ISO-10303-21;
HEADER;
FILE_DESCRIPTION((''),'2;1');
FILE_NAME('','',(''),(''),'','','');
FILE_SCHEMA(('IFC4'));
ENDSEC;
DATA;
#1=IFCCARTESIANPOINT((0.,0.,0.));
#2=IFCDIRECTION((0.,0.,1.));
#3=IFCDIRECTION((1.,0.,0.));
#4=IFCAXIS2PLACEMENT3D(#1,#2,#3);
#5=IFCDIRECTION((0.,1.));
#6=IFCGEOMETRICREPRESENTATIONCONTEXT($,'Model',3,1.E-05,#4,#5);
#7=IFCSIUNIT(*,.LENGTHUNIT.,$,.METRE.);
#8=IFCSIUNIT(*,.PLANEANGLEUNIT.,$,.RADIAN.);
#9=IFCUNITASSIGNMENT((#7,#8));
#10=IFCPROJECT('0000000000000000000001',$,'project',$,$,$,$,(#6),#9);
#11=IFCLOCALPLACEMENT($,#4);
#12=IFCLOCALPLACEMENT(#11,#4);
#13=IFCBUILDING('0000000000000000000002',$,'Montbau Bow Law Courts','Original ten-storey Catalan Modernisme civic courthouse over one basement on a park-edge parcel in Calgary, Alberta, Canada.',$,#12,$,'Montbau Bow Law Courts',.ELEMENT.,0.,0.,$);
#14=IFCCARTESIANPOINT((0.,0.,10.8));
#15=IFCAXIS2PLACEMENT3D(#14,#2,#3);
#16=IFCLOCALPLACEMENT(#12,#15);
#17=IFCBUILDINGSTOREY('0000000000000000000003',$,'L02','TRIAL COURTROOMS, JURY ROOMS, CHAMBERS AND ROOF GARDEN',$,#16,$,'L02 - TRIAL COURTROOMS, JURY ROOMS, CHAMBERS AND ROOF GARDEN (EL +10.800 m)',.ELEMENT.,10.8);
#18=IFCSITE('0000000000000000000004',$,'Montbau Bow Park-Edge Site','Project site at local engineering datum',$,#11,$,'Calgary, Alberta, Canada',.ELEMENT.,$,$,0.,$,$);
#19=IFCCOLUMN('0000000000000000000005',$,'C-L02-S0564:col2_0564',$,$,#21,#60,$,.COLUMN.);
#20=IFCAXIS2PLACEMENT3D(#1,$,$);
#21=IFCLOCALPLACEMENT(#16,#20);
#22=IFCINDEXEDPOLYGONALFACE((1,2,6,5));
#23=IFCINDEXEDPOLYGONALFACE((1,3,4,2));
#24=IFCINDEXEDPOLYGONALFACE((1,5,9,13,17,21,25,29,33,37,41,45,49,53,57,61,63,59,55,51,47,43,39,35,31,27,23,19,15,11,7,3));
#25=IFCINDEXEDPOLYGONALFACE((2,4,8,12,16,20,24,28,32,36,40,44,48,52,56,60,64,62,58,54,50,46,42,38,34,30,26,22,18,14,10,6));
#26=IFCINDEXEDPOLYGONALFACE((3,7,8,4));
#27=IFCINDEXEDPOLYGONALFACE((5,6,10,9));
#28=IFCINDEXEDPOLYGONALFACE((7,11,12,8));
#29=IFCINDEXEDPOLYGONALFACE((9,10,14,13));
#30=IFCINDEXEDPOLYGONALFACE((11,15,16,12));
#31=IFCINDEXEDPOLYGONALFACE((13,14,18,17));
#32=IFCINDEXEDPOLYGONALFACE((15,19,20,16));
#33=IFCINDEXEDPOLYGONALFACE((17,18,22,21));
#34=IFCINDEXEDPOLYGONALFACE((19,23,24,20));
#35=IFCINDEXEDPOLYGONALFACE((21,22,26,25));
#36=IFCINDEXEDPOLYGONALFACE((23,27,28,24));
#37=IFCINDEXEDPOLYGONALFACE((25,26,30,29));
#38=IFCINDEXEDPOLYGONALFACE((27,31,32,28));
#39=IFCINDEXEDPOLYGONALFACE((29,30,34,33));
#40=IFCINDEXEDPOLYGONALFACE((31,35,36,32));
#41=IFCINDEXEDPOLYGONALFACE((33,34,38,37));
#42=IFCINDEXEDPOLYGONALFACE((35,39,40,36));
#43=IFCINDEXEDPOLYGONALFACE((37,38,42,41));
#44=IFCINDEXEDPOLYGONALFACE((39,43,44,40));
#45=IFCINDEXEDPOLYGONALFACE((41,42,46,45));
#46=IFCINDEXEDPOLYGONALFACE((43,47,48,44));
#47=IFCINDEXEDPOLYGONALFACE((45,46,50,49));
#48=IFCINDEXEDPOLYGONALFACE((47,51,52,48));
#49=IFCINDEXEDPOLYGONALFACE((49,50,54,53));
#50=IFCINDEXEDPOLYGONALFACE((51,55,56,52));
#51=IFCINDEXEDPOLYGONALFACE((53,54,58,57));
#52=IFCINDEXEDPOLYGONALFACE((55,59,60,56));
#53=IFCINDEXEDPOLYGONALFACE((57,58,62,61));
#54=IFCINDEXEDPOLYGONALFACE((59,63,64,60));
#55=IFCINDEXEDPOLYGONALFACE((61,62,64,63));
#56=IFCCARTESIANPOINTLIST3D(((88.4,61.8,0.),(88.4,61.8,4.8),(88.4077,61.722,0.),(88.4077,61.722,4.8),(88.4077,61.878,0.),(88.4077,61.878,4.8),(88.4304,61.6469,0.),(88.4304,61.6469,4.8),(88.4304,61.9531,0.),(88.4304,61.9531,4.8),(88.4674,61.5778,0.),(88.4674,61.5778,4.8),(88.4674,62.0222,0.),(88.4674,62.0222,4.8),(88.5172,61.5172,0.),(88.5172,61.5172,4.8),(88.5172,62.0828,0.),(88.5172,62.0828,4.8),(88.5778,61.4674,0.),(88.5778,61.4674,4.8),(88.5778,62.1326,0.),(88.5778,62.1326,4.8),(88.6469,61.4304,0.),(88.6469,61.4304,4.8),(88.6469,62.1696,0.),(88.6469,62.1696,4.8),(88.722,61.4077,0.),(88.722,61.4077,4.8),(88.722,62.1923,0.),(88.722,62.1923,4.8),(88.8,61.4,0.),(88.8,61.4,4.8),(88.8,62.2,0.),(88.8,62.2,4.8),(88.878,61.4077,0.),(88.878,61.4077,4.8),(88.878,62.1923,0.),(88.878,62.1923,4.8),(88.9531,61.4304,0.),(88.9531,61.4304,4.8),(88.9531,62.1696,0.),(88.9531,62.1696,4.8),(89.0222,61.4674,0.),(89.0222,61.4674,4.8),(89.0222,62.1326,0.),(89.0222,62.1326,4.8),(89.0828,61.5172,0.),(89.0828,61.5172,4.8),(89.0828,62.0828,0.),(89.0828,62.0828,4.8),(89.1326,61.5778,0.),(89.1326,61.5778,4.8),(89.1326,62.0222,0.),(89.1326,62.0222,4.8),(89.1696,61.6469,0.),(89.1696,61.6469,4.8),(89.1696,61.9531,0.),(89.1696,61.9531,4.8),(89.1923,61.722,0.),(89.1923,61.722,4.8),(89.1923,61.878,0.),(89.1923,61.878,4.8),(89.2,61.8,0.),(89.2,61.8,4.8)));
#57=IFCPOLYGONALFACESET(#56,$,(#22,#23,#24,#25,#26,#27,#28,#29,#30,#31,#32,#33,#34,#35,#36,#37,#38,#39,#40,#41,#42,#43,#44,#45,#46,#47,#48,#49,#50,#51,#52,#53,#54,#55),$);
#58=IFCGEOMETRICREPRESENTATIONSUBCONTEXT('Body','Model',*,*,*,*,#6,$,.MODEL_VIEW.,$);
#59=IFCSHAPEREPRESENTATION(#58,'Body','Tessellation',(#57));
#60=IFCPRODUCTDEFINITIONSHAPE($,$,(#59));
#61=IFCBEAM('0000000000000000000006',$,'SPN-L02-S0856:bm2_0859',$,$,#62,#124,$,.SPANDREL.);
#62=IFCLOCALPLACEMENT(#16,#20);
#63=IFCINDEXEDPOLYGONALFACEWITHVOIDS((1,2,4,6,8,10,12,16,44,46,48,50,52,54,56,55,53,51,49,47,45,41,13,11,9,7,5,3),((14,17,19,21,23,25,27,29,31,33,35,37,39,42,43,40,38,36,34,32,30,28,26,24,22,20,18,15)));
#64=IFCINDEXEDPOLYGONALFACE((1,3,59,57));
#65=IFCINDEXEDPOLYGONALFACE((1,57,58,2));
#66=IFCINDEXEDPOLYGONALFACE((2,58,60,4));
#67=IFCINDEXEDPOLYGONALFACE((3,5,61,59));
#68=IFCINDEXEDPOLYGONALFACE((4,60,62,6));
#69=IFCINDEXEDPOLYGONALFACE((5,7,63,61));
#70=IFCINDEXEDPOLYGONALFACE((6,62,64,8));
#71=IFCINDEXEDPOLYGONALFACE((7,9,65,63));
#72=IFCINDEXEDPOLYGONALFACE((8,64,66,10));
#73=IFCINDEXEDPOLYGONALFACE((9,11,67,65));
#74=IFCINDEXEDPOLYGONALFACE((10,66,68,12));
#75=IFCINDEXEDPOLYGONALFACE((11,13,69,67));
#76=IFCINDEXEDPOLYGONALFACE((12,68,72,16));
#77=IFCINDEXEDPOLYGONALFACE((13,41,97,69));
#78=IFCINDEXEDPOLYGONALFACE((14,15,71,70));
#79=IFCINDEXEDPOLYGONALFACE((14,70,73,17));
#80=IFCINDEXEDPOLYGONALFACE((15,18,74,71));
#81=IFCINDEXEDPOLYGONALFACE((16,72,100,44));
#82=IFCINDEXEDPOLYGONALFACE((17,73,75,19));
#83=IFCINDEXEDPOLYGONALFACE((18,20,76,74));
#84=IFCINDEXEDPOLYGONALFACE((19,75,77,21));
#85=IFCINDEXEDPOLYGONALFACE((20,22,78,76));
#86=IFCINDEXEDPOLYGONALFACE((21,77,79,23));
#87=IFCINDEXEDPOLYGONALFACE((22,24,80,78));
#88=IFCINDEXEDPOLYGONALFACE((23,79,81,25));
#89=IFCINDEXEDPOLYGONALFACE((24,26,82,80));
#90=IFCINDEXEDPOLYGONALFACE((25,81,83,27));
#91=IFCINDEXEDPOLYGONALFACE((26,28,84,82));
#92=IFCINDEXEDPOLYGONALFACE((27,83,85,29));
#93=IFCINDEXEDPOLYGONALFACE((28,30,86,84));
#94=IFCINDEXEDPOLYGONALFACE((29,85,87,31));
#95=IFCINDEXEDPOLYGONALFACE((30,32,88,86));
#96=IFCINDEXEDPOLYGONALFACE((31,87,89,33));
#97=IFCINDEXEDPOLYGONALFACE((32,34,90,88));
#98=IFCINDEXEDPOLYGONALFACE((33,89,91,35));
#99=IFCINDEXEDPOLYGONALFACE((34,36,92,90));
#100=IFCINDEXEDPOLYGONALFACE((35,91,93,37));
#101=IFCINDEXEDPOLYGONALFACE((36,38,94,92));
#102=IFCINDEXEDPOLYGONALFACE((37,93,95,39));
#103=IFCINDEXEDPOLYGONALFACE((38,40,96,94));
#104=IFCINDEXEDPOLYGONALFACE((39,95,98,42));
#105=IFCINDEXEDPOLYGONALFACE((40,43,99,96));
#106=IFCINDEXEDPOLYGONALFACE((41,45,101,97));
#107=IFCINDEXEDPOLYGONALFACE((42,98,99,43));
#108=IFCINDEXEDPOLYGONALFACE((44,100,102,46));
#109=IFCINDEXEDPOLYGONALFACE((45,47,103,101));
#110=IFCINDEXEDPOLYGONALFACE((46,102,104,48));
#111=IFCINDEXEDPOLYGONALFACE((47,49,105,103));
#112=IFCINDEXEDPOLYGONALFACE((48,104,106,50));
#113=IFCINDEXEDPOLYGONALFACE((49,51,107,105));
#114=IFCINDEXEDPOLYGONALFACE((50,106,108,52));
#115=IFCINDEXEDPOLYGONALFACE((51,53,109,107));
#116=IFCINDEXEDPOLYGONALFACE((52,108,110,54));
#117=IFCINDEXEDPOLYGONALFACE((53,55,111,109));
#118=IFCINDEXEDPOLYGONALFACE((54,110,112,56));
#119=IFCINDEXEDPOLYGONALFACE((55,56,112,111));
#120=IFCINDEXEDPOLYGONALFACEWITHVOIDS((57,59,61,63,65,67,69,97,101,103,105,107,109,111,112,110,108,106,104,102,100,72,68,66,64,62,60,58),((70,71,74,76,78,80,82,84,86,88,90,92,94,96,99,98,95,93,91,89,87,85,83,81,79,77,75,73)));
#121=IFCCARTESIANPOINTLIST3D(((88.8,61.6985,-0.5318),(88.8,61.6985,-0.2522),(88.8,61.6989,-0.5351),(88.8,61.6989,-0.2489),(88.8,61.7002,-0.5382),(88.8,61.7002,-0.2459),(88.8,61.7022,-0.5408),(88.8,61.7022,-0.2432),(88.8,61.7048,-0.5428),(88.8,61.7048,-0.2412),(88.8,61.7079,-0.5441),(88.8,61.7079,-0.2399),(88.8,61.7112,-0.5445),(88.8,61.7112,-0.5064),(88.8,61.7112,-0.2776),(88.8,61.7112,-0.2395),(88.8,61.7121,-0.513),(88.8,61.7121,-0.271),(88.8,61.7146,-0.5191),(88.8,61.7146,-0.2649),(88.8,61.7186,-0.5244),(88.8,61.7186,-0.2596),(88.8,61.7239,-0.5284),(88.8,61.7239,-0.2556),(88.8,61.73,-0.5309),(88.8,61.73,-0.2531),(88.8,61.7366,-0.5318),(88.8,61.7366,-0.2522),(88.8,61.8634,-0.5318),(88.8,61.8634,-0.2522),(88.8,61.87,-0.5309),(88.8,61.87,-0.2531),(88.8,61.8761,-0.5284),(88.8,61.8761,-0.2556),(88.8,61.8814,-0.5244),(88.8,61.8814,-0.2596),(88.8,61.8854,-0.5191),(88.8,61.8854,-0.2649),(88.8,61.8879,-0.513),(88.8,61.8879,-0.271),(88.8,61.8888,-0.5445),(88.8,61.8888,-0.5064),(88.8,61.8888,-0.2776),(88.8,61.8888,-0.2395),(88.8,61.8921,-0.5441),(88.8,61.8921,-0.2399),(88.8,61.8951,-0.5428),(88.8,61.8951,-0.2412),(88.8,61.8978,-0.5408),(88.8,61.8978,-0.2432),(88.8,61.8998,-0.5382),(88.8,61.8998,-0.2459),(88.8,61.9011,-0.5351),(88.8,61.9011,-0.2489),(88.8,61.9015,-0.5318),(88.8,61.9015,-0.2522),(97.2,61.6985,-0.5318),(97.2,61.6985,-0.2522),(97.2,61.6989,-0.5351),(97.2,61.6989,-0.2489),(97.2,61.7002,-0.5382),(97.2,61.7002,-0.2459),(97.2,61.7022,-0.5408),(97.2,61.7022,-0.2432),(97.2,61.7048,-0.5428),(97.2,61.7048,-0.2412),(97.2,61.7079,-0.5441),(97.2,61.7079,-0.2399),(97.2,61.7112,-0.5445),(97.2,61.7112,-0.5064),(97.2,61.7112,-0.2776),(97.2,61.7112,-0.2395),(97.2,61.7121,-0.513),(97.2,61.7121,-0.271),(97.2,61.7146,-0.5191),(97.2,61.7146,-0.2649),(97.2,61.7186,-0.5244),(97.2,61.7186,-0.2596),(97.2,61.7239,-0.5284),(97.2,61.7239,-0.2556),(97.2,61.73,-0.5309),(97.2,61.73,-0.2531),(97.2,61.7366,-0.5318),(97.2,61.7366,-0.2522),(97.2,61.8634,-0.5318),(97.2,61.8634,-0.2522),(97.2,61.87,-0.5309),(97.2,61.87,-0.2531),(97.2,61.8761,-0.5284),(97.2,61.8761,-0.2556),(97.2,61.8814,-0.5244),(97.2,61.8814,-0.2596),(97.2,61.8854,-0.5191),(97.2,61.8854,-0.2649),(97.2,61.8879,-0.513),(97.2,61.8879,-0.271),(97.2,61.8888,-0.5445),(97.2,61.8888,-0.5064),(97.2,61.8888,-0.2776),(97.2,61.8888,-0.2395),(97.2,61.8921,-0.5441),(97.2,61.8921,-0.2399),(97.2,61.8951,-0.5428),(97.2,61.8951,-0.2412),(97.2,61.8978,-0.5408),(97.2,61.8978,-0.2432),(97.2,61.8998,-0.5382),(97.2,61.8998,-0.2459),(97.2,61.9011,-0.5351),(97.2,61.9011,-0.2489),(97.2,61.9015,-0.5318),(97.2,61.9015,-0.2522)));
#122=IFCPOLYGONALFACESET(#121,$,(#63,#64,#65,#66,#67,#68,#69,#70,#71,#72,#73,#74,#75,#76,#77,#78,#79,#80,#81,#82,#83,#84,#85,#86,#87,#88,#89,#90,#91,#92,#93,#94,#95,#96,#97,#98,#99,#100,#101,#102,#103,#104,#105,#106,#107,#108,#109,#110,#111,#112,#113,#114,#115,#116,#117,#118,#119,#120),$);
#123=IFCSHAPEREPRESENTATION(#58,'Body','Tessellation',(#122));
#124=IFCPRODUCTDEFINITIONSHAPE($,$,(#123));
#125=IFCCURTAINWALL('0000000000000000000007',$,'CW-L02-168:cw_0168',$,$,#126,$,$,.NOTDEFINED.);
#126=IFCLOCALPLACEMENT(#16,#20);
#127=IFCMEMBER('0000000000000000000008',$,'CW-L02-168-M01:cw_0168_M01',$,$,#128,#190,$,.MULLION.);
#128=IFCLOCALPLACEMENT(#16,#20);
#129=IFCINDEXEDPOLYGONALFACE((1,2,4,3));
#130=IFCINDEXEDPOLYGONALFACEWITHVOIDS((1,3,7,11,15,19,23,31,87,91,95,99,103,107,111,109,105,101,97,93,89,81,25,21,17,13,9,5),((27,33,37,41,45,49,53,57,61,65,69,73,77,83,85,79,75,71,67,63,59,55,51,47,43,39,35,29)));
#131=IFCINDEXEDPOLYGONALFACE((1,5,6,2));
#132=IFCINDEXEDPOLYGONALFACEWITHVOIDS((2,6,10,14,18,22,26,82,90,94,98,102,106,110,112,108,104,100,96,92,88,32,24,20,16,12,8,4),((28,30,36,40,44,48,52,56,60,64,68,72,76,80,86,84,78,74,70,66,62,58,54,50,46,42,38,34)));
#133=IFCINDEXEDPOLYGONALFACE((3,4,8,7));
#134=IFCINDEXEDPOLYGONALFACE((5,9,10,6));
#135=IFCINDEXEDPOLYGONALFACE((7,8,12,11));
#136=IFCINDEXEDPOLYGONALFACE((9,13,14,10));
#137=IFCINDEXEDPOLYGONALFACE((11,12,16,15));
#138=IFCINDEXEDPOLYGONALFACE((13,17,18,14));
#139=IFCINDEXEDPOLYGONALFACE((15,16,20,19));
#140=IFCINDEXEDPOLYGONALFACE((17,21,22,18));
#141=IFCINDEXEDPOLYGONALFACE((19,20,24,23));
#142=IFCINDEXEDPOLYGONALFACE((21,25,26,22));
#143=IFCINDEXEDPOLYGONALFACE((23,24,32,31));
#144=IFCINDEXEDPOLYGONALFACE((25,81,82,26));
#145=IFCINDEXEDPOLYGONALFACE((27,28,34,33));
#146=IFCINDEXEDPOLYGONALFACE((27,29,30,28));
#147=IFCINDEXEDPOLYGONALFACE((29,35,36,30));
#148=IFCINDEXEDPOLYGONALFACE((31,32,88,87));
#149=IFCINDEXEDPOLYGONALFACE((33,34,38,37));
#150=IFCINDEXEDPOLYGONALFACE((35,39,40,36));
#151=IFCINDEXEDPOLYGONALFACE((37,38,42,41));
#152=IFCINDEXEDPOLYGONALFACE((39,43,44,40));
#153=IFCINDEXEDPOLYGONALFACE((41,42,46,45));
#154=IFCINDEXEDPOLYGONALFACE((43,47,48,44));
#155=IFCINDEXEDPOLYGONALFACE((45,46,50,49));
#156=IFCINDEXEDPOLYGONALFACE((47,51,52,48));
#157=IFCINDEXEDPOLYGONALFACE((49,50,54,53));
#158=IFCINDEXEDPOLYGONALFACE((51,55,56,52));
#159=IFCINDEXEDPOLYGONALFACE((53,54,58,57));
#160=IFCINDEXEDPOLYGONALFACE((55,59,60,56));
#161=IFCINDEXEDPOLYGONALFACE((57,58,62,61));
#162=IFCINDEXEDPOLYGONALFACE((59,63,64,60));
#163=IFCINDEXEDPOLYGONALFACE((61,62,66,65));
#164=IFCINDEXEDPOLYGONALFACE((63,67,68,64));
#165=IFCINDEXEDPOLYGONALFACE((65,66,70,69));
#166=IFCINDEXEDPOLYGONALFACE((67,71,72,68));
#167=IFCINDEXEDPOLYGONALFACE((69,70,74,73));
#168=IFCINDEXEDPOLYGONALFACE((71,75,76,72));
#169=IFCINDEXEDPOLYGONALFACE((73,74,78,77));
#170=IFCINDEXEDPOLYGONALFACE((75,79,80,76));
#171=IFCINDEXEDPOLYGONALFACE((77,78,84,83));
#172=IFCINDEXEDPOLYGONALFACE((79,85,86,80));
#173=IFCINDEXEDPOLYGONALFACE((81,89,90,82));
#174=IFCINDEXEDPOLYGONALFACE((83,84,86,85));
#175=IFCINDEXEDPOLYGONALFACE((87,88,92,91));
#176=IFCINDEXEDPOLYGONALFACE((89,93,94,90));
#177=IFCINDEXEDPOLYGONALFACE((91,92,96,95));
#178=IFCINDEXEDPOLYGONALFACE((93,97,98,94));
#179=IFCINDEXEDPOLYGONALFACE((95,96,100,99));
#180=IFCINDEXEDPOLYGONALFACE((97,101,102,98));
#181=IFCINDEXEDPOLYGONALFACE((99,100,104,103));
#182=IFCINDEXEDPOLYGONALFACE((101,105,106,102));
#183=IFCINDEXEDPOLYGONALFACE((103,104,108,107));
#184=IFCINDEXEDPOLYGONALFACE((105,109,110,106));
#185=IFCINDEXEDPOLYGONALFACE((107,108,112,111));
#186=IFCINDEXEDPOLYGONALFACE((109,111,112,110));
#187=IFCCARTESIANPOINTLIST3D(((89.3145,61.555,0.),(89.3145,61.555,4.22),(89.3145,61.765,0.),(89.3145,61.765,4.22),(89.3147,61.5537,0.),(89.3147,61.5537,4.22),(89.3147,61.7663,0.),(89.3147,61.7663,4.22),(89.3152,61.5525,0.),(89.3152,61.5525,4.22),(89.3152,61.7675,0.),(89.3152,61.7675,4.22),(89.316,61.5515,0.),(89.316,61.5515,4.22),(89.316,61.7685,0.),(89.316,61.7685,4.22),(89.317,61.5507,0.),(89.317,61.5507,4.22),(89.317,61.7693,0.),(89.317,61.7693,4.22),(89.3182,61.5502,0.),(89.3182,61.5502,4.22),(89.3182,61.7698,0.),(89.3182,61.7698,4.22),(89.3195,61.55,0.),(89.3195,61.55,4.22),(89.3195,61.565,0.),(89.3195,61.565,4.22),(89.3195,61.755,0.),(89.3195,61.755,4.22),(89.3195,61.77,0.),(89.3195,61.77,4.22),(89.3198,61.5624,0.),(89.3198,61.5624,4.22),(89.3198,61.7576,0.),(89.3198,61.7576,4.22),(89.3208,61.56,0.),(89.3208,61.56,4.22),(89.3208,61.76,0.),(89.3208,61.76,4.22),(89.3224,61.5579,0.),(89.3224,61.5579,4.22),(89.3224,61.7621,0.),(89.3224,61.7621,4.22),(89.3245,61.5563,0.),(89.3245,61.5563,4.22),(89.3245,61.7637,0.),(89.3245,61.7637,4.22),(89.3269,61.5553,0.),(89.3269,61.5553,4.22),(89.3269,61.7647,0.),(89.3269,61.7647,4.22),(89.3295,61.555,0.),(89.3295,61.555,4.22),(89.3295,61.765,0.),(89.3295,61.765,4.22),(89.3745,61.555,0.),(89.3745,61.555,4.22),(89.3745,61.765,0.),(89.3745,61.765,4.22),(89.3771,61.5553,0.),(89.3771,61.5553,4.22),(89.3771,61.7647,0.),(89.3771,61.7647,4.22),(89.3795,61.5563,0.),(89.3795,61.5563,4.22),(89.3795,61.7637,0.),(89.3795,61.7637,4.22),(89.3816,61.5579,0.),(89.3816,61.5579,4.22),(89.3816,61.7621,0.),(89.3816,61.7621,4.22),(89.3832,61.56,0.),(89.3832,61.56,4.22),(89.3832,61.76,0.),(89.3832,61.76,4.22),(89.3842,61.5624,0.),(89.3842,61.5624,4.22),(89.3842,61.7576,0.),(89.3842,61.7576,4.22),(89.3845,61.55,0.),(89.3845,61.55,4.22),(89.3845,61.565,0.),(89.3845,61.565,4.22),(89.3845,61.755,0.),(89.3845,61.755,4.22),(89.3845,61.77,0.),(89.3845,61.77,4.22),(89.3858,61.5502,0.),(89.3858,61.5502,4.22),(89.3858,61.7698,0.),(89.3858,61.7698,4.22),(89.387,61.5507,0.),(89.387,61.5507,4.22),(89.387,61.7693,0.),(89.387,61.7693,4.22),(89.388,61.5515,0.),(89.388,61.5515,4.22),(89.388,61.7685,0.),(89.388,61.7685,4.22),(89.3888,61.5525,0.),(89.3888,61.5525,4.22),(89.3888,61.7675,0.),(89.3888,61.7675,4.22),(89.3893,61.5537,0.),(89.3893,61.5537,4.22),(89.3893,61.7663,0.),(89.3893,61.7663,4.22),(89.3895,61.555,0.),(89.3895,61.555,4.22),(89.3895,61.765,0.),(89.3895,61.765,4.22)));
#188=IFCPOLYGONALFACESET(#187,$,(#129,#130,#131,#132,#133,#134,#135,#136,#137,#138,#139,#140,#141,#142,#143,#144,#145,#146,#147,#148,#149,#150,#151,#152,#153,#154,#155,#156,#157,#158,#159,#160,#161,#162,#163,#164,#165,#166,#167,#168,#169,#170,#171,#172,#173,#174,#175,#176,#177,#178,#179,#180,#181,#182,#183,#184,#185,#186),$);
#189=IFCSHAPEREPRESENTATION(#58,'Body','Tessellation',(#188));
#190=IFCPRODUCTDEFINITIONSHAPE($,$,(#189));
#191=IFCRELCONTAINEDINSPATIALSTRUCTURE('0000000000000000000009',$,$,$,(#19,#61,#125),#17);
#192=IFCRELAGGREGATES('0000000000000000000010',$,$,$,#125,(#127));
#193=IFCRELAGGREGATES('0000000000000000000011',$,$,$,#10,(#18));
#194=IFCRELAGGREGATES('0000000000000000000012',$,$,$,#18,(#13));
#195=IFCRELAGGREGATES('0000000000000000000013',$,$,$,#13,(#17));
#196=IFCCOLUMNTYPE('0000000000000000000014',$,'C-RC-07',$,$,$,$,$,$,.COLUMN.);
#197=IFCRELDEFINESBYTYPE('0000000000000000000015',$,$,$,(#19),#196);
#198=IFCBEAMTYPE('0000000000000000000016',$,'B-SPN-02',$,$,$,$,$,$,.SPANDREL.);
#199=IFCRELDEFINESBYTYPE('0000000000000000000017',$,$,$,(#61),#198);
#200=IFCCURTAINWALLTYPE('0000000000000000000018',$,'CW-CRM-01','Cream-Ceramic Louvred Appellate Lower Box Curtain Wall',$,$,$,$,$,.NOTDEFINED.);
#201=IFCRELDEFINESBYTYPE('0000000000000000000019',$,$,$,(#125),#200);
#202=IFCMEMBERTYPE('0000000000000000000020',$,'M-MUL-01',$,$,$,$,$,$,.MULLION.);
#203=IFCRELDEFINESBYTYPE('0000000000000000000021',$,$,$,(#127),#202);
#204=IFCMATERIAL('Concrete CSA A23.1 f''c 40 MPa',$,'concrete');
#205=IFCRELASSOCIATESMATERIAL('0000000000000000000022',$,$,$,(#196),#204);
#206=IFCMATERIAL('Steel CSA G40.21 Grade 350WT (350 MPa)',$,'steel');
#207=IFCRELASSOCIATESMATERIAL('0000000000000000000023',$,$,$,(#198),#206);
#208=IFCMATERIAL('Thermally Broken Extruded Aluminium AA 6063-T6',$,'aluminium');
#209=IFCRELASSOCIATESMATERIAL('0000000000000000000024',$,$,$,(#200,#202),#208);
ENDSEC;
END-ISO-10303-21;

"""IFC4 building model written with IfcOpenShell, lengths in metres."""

from ifc_helpers import new_model, si_unit, direction, frame, origin_with_axes, origin_2d_with_axis, place, context, subcontext, project, spatial, hollow_rectangle, circle, extrude, material, material_profile, profile_set, type_object, element, aggregate, save


model = new_model("IFC4")

# Units and contexts
model_context = context("Model", 3, precision=1e-05, world=origin_with_axes(), true_north=direction((0.0, 1.0)))
body_context = subcontext(model_context, "Body", "Model", "MODEL_VIEW")
ifc_project = project(units=[si_unit("LENGTHUNIT", "METRE"), si_unit("PLANEANGLEUNIT", "RADIAN")], contexts=[model_context])

# Site, building, storey
site_placement = place(None, origin_with_axes())
site = spatial("IfcSite", under=ifc_project, at=site_placement, Name="Montbau Bow Park-Edge Site", Description="Project site at local engineering datum", LongName="Calgary, Alberta, Canada", CompositionType="ELEMENT", RefElevation=0.0)
building_placement = place(site_placement, origin_with_axes())
building = spatial("IfcBuilding", under=site, at=building_placement, Name="Montbau Bow Law Courts", Description="Original ten-storey Catalan Modernisme civic courthouse over one basement on a park-edge parcel in Calgary, Alberta, Canada.", LongName="Montbau Bow Law Courts", CompositionType="ELEMENT", ElevationOfRefHeight=0.0, ElevationOfTerrain=0.0)
storey_placement = place(building_placement, frame((0.0, 0.0, 10.8), z_axis=(0.0, 0.0, 1.0), x_axis=(1.0, 0.0, 0.0)))
storey = spatial("IfcBuildingStorey", under=building, at=storey_placement, Name="L02", Description="TRIAL COURTROOMS, JURY ROOMS, CHAMBERS AND ROOF GARDEN", LongName="L02 - TRIAL COURTROOMS, JURY ROOMS, CHAMBERS AND ROOF GARDEN (EL +10.800 m)", CompositionType="ELEMENT", Elevation=10.8)

# Column
ifc_material_1 = material(Name="Concrete CSA A23.1 f'c 40 MPa", Category="concrete")
ifc_material_profile_1 = material_profile(ifc_material_1, circle(Radius=0.4, at=origin_2d_with_axis()), Name="RC800D", Category="Main", Priority=0)
ifc_profile_set_1 = profile_set([ifc_material_profile_1], Name="Concrete CSA A23.1 f'c 40 MPa")
column_type = type_object("IfcColumnType", Name="C-RC-07", PredefinedType="COLUMN", material=ifc_profile_set_1)
column_placement = place(None, frame((88.8, 61.8, 10.8), z_axis=(0.0, 0.0, 1.0), x_axis=(1.0, 0.0, 0.0)))
element("IfcColumn", 1, at=column_placement, inside=storey, type_object=column_type, Name="C-L02-S0564:col2_0564", PredefinedType="COLUMN", context=body_context, shape_type="SweptSolid", body=[
    extrude(circle(Radius=0.4, at=origin_2d_with_axis()), origin_with_axes(), (0.0, 0.0, 1.0), 4.8),
])

# Beam
ifc_material_2 = material(Name="Steel CSA G40.21 Grade 350WT (350 MPa)", Category="steel")
ifc_material_profile_2 = material_profile(ifc_material_2, hollow_rectangle(XDim=0.203, YDim=0.305, WallThickness=0.0127, InnerFilletRadius=0.0254, OuterFilletRadius=0.0127, at=origin_2d_with_axis()), Name="HSS305X203X13", Category="Main", Priority=0)
ifc_profile_set_2 = profile_set([ifc_material_profile_2], Name="Steel CSA G40.21 Grade 350WT (350 MPa)")
beam_type = type_object("IfcBeamType", Name="B-SPN-02", PredefinedType="SPANDREL", material=ifc_profile_set_2)
beam_placement = place(None, frame((88.8, 61.8, 10.408), z_axis=(1.0, 0.0, 0.0), x_axis=(0.0, 1.0, 0.0)))
element("IfcBeam", 2, at=beam_placement, inside=storey, type_object=beam_type, Name="SPN-L02-S0856:bm2_0859", PredefinedType="SPANDREL", context=body_context, shape_type="SweptSolid", body=[
    extrude(hollow_rectangle(XDim=0.203, YDim=0.305, WallThickness=0.0127, InnerFilletRadius=0.0254, OuterFilletRadius=0.0127, at=origin_2d_with_axis()), origin_with_axes(), (0.0, 0.0, 1.0), 8.4),
])

# Curtain wall, member
ifc_material_3 = material(Name="Thermally Broken Extruded Aluminium AA 6063-T6", Category="aluminium")
curtain_wall_type = type_object("IfcCurtainWallType", Name="CW-CRM-01", Description="Cream-Ceramic Louvred Appellate Lower Box Curtain Wall", PredefinedType="NOTDEFINED", material=ifc_material_3)
curtain_wall_placement = place(None, frame((89.315, 61.66, 10.8), z_axis=(0.0, 0.0, 1.0), x_axis=(1.0, 0.0, 0.0)))
curtain_wall = element("IfcCurtainWall", 3, at=curtain_wall_placement, inside=storey, type_object=curtain_wall_type, Name="CW-L02-168:cw_0168", PredefinedType="NOTDEFINED")
ifc_material_profile_3 = material_profile(ifc_material_3, hollow_rectangle(XDim=0.075, YDim=0.22, WallThickness=0.005, InnerFilletRadius=0.01, OuterFilletRadius=0.005, at=origin_2d_with_axis()), Name="CWM-220X75", Category="Main", Priority=0)
ifc_profile_set_3 = profile_set([ifc_material_profile_3], Name="Thermally Broken Extruded Aluminium AA 6063-T6")
member_type_1 = type_object("IfcMemberType", Name="M-MUL-01", PredefinedType="MULLION", material=ifc_profile_set_3)
member_1_placement = place(None, frame((89.352, 61.66, 10.8), z_axis=(0.0, 0.0, 1.0), x_axis=(1.0, 0.0, 0.0)))
member_1 = element("IfcMember", 4, at=member_1_placement, type_object=member_type_1, Name="CW-L02-168-M01:cw_0168_M01", PredefinedType="MULLION", context=body_context, shape_type="SweptSolid", body=[
    extrude(hollow_rectangle(XDim=0.075, YDim=0.22, WallThickness=0.005, InnerFilletRadius=0.01, OuterFilletRadius=0.005, at=origin_2d_with_axis()), origin_with_axes(), (0.0, 0.0, 1.0), 4.22),
])
aggregate(curtain_wall, [member_1])

save(model, "model.ifc")
